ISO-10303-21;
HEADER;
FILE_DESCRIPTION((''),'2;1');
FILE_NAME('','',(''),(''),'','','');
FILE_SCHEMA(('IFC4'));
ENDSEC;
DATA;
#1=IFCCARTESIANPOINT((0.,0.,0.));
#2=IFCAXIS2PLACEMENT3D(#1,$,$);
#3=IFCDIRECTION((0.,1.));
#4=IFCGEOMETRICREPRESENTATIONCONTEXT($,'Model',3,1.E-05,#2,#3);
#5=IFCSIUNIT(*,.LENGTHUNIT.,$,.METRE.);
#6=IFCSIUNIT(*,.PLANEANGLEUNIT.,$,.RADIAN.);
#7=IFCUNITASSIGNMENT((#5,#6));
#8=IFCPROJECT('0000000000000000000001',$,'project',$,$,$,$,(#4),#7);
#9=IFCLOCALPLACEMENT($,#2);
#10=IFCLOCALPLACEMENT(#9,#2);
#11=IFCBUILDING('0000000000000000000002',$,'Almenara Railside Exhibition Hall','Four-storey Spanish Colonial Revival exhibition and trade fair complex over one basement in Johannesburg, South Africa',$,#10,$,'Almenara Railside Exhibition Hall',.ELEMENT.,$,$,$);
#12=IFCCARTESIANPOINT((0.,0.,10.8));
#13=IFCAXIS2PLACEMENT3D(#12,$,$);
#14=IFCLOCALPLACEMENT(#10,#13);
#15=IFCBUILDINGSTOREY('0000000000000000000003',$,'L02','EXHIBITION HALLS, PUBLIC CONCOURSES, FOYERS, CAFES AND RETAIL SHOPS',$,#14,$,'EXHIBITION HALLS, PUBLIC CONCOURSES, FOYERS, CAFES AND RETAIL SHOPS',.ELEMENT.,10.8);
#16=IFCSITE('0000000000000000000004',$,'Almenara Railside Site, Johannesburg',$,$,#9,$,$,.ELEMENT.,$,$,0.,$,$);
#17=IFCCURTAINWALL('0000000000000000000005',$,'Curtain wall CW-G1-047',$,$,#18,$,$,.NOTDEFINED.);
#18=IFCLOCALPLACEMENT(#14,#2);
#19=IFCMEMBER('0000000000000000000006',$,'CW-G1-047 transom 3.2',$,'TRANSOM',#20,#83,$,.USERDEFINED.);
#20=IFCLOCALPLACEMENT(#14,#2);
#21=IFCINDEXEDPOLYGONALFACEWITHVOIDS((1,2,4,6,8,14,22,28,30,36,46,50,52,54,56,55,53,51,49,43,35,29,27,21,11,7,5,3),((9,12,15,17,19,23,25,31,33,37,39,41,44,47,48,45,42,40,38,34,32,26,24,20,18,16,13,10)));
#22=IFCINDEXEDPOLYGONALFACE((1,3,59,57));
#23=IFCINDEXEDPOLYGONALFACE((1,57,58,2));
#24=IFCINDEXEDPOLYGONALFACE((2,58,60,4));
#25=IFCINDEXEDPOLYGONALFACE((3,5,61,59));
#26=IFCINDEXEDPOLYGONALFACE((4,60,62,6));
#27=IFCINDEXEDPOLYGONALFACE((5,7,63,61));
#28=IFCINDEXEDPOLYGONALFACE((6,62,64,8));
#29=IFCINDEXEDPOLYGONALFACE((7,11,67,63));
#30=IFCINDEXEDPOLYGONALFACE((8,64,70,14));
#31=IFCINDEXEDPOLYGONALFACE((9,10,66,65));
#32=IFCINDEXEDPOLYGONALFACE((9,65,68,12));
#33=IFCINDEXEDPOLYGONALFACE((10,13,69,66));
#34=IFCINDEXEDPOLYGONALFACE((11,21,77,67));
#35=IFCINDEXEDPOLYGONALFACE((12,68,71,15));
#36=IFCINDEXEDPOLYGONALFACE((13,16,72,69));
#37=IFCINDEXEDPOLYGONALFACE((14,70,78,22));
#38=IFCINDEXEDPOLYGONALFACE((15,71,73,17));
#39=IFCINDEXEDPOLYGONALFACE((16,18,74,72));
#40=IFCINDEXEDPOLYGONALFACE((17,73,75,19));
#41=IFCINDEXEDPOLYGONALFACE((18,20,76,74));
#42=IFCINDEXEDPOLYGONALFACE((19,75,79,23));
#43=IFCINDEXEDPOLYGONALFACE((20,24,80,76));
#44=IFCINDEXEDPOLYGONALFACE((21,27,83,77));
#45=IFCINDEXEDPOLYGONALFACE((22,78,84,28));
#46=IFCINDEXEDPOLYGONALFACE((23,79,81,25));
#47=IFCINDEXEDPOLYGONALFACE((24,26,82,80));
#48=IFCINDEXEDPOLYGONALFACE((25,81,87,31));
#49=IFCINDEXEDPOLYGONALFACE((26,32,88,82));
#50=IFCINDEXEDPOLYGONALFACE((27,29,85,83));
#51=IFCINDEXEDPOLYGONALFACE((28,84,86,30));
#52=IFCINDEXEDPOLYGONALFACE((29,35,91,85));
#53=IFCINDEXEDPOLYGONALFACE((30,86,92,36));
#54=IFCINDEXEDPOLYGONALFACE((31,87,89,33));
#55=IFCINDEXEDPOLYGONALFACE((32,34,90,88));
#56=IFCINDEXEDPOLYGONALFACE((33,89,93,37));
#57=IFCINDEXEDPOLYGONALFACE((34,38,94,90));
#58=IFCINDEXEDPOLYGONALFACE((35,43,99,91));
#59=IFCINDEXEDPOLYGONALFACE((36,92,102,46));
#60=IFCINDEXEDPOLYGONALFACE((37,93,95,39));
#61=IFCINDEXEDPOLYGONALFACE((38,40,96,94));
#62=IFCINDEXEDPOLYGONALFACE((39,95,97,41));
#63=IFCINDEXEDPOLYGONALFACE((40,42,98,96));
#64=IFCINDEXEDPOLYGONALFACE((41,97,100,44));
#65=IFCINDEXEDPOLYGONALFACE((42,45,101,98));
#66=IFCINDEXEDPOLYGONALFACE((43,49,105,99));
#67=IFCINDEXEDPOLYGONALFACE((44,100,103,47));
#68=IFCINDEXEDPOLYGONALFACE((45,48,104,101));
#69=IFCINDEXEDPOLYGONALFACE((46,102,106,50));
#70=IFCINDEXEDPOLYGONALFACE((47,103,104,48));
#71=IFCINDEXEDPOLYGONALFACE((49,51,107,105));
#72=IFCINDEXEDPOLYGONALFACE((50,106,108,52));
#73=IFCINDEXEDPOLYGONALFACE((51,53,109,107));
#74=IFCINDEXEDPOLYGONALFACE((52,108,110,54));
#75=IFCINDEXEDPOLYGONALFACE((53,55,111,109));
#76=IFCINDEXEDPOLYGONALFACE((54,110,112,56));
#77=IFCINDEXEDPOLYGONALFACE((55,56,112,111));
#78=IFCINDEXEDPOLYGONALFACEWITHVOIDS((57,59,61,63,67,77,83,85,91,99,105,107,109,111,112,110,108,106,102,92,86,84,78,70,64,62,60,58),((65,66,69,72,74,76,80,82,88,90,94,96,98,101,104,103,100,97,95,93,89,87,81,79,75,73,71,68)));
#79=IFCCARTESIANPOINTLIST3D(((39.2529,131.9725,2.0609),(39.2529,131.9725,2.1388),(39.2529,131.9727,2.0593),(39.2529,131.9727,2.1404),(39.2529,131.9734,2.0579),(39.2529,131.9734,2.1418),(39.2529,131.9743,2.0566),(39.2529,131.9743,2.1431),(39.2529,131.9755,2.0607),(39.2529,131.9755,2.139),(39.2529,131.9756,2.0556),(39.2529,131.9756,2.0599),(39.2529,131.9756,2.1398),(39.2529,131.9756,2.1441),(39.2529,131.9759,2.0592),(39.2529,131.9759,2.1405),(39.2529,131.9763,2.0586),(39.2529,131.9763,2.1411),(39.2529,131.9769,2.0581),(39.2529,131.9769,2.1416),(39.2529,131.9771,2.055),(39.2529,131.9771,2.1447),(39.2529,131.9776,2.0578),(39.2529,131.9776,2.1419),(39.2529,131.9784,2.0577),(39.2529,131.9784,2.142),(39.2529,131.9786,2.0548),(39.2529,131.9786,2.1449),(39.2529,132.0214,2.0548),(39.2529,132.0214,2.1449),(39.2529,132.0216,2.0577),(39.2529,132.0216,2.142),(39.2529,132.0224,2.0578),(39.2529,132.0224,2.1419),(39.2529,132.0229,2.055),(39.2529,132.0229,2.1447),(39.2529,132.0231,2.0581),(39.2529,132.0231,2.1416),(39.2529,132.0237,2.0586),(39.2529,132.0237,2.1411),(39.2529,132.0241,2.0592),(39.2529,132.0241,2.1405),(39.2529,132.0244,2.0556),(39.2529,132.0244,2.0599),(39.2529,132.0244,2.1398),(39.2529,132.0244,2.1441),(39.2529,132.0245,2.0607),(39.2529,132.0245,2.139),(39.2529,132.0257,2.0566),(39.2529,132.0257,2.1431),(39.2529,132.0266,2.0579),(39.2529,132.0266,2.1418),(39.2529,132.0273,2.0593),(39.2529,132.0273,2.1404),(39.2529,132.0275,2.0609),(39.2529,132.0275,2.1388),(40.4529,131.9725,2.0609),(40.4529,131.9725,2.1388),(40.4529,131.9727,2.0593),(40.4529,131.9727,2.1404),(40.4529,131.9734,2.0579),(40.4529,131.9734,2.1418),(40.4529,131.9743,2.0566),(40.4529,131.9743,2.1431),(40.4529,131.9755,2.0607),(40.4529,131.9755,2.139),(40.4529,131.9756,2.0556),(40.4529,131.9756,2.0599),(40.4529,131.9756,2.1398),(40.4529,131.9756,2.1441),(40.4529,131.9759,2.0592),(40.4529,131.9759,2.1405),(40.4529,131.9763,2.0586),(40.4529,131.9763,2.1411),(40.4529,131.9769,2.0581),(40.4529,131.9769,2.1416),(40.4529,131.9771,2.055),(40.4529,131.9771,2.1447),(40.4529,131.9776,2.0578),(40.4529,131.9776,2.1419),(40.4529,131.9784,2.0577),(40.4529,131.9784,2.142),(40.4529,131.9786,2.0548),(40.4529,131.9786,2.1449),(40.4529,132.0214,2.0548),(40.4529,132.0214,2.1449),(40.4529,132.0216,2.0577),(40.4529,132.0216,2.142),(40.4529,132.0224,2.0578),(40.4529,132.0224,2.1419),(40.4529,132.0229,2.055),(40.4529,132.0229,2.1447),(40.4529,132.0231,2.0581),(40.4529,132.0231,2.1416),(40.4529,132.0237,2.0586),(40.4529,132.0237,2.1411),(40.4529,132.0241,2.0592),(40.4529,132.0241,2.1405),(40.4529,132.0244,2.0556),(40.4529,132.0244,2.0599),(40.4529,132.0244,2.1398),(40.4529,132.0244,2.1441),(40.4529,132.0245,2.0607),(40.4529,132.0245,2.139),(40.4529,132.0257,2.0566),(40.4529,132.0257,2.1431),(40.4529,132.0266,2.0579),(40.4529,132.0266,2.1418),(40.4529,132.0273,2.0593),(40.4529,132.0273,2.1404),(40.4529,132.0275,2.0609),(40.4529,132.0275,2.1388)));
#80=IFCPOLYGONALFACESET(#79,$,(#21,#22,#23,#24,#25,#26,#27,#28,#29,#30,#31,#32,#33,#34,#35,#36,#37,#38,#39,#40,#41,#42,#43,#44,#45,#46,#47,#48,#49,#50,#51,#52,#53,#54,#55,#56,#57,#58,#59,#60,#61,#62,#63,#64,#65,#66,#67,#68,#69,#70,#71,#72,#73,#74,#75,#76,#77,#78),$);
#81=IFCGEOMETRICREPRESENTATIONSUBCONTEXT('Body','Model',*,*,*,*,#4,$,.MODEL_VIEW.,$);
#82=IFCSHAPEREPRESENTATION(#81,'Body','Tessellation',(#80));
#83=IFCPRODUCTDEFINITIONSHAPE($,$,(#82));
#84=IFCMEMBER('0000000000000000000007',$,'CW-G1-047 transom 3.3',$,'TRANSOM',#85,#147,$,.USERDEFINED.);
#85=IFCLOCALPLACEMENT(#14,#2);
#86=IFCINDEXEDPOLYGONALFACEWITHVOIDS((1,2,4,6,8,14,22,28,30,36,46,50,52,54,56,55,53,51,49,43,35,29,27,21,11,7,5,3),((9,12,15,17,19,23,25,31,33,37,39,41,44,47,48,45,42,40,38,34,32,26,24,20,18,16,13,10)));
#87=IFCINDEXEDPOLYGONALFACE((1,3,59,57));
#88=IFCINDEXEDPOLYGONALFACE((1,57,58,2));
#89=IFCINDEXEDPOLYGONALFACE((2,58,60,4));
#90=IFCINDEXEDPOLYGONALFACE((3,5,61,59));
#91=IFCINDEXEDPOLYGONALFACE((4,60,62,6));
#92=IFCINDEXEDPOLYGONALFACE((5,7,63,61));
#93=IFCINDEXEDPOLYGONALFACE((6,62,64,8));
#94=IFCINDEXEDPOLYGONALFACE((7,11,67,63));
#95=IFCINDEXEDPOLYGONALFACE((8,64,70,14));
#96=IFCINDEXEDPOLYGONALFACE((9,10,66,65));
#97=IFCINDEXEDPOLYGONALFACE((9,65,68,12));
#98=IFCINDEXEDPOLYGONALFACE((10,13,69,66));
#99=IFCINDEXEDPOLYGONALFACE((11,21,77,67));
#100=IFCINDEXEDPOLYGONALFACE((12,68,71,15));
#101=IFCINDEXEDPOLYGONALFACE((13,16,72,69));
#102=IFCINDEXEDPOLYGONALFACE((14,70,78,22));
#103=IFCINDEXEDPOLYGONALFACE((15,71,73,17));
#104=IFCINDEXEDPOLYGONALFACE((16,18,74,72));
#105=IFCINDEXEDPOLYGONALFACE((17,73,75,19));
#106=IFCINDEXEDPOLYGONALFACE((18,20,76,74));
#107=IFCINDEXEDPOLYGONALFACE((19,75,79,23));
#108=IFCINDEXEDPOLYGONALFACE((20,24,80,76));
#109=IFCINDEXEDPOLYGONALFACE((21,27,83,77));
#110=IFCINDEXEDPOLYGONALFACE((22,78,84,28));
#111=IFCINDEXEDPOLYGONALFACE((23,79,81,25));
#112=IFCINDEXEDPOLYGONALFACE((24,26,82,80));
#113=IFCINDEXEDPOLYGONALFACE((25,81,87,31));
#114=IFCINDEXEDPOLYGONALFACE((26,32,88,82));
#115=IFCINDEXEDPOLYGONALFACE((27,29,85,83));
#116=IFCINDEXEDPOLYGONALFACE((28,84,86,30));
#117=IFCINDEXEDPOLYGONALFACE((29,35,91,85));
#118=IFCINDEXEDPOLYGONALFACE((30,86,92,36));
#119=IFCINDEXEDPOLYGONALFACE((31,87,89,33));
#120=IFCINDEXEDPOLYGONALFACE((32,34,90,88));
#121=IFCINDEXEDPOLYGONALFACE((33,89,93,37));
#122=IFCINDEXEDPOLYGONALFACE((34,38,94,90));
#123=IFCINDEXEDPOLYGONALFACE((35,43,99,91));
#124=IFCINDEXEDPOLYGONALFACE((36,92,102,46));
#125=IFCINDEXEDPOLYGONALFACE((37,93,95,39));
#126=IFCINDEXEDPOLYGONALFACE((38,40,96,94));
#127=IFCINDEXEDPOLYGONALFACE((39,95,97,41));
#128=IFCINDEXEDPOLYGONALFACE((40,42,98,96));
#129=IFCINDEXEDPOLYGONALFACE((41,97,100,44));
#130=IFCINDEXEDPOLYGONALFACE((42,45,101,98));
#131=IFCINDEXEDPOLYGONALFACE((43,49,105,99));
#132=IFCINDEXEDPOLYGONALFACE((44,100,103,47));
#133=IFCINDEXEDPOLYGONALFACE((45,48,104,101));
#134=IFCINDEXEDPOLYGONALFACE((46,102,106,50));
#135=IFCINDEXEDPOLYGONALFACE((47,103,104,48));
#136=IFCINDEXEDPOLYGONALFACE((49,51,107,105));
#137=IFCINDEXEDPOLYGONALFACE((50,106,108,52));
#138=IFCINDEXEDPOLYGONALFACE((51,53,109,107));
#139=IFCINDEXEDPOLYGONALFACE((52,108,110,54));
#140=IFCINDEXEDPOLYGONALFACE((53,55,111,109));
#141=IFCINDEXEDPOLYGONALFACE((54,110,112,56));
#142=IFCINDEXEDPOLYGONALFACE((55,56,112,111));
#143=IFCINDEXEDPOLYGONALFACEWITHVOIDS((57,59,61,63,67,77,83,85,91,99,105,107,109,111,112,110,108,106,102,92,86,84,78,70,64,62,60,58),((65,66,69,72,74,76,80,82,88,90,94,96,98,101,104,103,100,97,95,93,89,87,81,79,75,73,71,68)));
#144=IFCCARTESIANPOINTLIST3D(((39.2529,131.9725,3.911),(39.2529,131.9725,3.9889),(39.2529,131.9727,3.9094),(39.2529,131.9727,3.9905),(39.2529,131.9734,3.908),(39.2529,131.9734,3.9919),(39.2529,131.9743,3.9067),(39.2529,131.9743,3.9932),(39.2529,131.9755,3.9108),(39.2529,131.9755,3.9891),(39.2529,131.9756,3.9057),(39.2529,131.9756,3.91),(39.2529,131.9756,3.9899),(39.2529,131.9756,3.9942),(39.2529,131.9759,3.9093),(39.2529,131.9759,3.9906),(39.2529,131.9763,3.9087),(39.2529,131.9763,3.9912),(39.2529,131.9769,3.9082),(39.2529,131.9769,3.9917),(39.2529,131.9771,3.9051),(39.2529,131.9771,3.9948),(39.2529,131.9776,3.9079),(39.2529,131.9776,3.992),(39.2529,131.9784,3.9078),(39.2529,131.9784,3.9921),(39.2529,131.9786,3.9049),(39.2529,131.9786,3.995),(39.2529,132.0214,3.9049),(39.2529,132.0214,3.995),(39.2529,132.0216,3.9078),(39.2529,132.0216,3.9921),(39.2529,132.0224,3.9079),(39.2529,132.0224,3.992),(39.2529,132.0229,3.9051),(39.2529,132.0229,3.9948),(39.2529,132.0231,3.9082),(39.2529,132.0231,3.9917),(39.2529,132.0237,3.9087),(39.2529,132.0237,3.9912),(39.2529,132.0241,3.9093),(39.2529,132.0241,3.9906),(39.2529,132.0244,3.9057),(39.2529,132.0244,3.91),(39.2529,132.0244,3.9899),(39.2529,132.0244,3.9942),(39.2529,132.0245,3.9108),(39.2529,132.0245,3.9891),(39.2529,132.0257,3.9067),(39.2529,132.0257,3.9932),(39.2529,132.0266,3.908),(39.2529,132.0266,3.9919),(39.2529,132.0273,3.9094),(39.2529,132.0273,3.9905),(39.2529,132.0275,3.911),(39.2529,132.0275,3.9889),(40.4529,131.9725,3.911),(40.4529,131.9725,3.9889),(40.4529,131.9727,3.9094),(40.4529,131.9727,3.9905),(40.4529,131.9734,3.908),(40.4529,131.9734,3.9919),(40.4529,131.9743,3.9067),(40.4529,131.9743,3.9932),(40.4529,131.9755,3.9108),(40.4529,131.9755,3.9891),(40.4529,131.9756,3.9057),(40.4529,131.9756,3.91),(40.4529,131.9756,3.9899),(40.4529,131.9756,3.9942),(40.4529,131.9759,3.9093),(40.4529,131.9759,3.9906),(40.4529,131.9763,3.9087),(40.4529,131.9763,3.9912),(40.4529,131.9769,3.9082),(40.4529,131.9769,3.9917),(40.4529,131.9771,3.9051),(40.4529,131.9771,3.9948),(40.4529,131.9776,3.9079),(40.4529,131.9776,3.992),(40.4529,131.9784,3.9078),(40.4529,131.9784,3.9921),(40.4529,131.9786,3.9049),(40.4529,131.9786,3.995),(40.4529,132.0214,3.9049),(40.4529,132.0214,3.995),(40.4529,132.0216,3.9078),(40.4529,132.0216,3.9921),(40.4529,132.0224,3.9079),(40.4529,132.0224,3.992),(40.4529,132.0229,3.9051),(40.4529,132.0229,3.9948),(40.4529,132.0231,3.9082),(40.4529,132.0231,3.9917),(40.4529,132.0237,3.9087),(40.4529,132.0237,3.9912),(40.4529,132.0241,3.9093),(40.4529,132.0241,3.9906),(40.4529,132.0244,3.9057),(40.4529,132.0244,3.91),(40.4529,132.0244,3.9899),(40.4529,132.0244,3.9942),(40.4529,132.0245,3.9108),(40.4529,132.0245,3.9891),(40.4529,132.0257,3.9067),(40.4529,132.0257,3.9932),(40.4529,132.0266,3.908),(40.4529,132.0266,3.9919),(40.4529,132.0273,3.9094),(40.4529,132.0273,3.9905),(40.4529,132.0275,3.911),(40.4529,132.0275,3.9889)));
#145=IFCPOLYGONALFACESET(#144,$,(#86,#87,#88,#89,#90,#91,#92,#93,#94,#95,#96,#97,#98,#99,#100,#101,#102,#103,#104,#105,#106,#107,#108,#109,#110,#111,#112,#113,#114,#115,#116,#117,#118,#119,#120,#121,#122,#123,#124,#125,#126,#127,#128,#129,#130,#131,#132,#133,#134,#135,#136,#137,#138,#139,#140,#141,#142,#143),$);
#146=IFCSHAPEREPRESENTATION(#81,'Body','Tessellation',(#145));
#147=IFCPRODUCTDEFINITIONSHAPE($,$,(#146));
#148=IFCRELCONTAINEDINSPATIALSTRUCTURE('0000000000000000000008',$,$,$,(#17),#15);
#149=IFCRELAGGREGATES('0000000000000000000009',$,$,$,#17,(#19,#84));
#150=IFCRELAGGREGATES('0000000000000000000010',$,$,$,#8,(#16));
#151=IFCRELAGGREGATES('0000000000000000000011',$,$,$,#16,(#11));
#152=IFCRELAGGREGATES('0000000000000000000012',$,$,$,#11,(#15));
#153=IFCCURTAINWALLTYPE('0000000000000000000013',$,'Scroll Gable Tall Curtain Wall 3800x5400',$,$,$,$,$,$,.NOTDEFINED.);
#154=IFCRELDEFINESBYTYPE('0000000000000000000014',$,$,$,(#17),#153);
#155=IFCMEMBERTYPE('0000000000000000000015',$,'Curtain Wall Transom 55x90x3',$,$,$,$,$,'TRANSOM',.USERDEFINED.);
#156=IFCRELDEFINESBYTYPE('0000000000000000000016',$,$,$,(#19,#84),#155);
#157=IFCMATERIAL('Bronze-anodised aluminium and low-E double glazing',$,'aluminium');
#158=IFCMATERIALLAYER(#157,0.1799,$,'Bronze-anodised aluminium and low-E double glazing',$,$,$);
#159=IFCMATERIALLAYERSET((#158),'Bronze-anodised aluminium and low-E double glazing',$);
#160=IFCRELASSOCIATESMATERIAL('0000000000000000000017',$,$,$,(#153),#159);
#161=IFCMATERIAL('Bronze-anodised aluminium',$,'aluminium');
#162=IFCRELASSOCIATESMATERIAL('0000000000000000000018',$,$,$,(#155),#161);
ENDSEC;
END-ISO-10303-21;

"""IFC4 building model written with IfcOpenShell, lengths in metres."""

from ifc_helpers import new_model, si_unit, direction, frame, origin, origin_2d, place, context, subcontext, project, spatial, hollow_rectangle, extrude, material, layer, layer_set, material_profile, profile_set, type_object, element, aggregate, save


model = new_model("IFC4")

# Units and contexts
model_context = context("Model", 3, precision=1e-05, world=origin(), true_north=direction((0.0, 1.0)))
body_context = subcontext(model_context, "Body", "Model", "MODEL_VIEW")
ifc_project = project(units=[si_unit("LENGTHUNIT", "METRE"), si_unit("PLANEANGLEUNIT", "RADIAN")], contexts=[model_context])

# Site, building, storey
site_placement = place(None, origin())
site = spatial("IfcSite", under=ifc_project, at=site_placement, Name="Almenara Railside Site, Johannesburg", CompositionType="ELEMENT", RefElevation=0.0)
building_placement = place(site_placement, origin())
building = spatial("IfcBuilding", under=site, at=building_placement, Name="Almenara Railside Exhibition Hall", Description="Four-storey Spanish Colonial Revival exhibition and trade fair complex over one basement in Johannesburg, South Africa", LongName="Almenara Railside Exhibition Hall", CompositionType="ELEMENT")
storey_placement = place(building_placement, frame((0.0, 0.0, 10.8)))
storey = spatial("IfcBuildingStorey", under=building, at=storey_placement, Name="L02", Description="EXHIBITION HALLS, PUBLIC CONCOURSES, FOYERS, CAFES AND RETAIL SHOPS", LongName="EXHIBITION HALLS, PUBLIC CONCOURSES, FOYERS, CAFES AND RETAIL SHOPS", CompositionType="ELEMENT", Elevation=10.8)

# Curtain wall
ifc_material_1 = material(Name="Bronze-anodised aluminium and low-E double glazing", Category="aluminium")
ifc_layer_1 = layer(ifc_material_1, 0.1799, Name="Bronze-anodised aluminium and low-E double glazing")
ifc_layer_set_1 = layer_set([ifc_layer_1], Name="Bronze-anodised aluminium and low-E double glazing")
curtain_wall_type = type_object("IfcCurtainWallType", Name="Scroll Gable Tall Curtain Wall 3800x5400", PredefinedType="NOTDEFINED", material=ifc_layer_set_1)
curtain_wall_1_placement = place(storey_placement, origin())
curtain_wall_1 = element("IfcCurtainWall", 1, at=curtain_wall_1_placement, inside=storey, type_object=curtain_wall_type, Name="Curtain wall CW-G1-047", PredefinedType="NOTDEFINED")
ifc_material_2 = material(Name="Bronze-anodised aluminium", Category="aluminium")

# Members
ifc_material_profile_1 = material_profile(ifc_material_2, hollow_rectangle(XDim=0.0549, YDim=0.0901, WallThickness=0.0029, InnerFilletRadius=0.0029, OuterFilletRadius=0.0061, at=origin_2d()), Name="ALU-TRN 55x90x3")
ifc_profile_set_1 = profile_set([ifc_material_profile_1], Name="Bronze-anodised aluminium")
member_type_1 = type_object("IfcMemberType", Name="Curtain Wall Transom 55x90x3", ElementType="TRANSOM", PredefinedType="USERDEFINED", material=ifc_profile_set_1)
member_1_placement = place(storey_placement, frame((39.2529, 132.0, 2.0999), z_axis=(1.0, 0.0, 0.0), x_axis=(0.0, 1.0, 0.0)))
member_1 = element("IfcMember", 2, at=member_1_placement, type_object=member_type_1, Name="CW-G1-047 transom 3.2", ObjectType="TRANSOM", PredefinedType="USERDEFINED", context=body_context, shape_type="SweptSolid", body=[
    extrude(hollow_rectangle(XDim=0.0549, YDim=0.0901, WallThickness=0.0029, InnerFilletRadius=0.0029, OuterFilletRadius=0.0061, at=origin_2d()), origin(), (0.0, 0.0, 1.0), 1.2),
])
member_2_placement = place(storey_placement, frame((39.2529, 132.0, 3.95), z_axis=(1.0, 0.0, 0.0), x_axis=(0.0, 1.0, 0.0)))
member_2 = element("IfcMember", 3, at=member_2_placement, type_object=member_type_1, Name="CW-G1-047 transom 3.3", ObjectType="TRANSOM", PredefinedType="USERDEFINED", context=body_context, shape_type="SweptSolid", body=[
    extrude(hollow_rectangle(XDim=0.0549, YDim=0.0901, WallThickness=0.0029, InnerFilletRadius=0.0029, OuterFilletRadius=0.0061, at=origin_2d()), origin(), (0.0, 0.0, 1.0), 1.2),
])

aggregate(curtain_wall_1, [member_1, member_2])

save(model, "model.ifc")
